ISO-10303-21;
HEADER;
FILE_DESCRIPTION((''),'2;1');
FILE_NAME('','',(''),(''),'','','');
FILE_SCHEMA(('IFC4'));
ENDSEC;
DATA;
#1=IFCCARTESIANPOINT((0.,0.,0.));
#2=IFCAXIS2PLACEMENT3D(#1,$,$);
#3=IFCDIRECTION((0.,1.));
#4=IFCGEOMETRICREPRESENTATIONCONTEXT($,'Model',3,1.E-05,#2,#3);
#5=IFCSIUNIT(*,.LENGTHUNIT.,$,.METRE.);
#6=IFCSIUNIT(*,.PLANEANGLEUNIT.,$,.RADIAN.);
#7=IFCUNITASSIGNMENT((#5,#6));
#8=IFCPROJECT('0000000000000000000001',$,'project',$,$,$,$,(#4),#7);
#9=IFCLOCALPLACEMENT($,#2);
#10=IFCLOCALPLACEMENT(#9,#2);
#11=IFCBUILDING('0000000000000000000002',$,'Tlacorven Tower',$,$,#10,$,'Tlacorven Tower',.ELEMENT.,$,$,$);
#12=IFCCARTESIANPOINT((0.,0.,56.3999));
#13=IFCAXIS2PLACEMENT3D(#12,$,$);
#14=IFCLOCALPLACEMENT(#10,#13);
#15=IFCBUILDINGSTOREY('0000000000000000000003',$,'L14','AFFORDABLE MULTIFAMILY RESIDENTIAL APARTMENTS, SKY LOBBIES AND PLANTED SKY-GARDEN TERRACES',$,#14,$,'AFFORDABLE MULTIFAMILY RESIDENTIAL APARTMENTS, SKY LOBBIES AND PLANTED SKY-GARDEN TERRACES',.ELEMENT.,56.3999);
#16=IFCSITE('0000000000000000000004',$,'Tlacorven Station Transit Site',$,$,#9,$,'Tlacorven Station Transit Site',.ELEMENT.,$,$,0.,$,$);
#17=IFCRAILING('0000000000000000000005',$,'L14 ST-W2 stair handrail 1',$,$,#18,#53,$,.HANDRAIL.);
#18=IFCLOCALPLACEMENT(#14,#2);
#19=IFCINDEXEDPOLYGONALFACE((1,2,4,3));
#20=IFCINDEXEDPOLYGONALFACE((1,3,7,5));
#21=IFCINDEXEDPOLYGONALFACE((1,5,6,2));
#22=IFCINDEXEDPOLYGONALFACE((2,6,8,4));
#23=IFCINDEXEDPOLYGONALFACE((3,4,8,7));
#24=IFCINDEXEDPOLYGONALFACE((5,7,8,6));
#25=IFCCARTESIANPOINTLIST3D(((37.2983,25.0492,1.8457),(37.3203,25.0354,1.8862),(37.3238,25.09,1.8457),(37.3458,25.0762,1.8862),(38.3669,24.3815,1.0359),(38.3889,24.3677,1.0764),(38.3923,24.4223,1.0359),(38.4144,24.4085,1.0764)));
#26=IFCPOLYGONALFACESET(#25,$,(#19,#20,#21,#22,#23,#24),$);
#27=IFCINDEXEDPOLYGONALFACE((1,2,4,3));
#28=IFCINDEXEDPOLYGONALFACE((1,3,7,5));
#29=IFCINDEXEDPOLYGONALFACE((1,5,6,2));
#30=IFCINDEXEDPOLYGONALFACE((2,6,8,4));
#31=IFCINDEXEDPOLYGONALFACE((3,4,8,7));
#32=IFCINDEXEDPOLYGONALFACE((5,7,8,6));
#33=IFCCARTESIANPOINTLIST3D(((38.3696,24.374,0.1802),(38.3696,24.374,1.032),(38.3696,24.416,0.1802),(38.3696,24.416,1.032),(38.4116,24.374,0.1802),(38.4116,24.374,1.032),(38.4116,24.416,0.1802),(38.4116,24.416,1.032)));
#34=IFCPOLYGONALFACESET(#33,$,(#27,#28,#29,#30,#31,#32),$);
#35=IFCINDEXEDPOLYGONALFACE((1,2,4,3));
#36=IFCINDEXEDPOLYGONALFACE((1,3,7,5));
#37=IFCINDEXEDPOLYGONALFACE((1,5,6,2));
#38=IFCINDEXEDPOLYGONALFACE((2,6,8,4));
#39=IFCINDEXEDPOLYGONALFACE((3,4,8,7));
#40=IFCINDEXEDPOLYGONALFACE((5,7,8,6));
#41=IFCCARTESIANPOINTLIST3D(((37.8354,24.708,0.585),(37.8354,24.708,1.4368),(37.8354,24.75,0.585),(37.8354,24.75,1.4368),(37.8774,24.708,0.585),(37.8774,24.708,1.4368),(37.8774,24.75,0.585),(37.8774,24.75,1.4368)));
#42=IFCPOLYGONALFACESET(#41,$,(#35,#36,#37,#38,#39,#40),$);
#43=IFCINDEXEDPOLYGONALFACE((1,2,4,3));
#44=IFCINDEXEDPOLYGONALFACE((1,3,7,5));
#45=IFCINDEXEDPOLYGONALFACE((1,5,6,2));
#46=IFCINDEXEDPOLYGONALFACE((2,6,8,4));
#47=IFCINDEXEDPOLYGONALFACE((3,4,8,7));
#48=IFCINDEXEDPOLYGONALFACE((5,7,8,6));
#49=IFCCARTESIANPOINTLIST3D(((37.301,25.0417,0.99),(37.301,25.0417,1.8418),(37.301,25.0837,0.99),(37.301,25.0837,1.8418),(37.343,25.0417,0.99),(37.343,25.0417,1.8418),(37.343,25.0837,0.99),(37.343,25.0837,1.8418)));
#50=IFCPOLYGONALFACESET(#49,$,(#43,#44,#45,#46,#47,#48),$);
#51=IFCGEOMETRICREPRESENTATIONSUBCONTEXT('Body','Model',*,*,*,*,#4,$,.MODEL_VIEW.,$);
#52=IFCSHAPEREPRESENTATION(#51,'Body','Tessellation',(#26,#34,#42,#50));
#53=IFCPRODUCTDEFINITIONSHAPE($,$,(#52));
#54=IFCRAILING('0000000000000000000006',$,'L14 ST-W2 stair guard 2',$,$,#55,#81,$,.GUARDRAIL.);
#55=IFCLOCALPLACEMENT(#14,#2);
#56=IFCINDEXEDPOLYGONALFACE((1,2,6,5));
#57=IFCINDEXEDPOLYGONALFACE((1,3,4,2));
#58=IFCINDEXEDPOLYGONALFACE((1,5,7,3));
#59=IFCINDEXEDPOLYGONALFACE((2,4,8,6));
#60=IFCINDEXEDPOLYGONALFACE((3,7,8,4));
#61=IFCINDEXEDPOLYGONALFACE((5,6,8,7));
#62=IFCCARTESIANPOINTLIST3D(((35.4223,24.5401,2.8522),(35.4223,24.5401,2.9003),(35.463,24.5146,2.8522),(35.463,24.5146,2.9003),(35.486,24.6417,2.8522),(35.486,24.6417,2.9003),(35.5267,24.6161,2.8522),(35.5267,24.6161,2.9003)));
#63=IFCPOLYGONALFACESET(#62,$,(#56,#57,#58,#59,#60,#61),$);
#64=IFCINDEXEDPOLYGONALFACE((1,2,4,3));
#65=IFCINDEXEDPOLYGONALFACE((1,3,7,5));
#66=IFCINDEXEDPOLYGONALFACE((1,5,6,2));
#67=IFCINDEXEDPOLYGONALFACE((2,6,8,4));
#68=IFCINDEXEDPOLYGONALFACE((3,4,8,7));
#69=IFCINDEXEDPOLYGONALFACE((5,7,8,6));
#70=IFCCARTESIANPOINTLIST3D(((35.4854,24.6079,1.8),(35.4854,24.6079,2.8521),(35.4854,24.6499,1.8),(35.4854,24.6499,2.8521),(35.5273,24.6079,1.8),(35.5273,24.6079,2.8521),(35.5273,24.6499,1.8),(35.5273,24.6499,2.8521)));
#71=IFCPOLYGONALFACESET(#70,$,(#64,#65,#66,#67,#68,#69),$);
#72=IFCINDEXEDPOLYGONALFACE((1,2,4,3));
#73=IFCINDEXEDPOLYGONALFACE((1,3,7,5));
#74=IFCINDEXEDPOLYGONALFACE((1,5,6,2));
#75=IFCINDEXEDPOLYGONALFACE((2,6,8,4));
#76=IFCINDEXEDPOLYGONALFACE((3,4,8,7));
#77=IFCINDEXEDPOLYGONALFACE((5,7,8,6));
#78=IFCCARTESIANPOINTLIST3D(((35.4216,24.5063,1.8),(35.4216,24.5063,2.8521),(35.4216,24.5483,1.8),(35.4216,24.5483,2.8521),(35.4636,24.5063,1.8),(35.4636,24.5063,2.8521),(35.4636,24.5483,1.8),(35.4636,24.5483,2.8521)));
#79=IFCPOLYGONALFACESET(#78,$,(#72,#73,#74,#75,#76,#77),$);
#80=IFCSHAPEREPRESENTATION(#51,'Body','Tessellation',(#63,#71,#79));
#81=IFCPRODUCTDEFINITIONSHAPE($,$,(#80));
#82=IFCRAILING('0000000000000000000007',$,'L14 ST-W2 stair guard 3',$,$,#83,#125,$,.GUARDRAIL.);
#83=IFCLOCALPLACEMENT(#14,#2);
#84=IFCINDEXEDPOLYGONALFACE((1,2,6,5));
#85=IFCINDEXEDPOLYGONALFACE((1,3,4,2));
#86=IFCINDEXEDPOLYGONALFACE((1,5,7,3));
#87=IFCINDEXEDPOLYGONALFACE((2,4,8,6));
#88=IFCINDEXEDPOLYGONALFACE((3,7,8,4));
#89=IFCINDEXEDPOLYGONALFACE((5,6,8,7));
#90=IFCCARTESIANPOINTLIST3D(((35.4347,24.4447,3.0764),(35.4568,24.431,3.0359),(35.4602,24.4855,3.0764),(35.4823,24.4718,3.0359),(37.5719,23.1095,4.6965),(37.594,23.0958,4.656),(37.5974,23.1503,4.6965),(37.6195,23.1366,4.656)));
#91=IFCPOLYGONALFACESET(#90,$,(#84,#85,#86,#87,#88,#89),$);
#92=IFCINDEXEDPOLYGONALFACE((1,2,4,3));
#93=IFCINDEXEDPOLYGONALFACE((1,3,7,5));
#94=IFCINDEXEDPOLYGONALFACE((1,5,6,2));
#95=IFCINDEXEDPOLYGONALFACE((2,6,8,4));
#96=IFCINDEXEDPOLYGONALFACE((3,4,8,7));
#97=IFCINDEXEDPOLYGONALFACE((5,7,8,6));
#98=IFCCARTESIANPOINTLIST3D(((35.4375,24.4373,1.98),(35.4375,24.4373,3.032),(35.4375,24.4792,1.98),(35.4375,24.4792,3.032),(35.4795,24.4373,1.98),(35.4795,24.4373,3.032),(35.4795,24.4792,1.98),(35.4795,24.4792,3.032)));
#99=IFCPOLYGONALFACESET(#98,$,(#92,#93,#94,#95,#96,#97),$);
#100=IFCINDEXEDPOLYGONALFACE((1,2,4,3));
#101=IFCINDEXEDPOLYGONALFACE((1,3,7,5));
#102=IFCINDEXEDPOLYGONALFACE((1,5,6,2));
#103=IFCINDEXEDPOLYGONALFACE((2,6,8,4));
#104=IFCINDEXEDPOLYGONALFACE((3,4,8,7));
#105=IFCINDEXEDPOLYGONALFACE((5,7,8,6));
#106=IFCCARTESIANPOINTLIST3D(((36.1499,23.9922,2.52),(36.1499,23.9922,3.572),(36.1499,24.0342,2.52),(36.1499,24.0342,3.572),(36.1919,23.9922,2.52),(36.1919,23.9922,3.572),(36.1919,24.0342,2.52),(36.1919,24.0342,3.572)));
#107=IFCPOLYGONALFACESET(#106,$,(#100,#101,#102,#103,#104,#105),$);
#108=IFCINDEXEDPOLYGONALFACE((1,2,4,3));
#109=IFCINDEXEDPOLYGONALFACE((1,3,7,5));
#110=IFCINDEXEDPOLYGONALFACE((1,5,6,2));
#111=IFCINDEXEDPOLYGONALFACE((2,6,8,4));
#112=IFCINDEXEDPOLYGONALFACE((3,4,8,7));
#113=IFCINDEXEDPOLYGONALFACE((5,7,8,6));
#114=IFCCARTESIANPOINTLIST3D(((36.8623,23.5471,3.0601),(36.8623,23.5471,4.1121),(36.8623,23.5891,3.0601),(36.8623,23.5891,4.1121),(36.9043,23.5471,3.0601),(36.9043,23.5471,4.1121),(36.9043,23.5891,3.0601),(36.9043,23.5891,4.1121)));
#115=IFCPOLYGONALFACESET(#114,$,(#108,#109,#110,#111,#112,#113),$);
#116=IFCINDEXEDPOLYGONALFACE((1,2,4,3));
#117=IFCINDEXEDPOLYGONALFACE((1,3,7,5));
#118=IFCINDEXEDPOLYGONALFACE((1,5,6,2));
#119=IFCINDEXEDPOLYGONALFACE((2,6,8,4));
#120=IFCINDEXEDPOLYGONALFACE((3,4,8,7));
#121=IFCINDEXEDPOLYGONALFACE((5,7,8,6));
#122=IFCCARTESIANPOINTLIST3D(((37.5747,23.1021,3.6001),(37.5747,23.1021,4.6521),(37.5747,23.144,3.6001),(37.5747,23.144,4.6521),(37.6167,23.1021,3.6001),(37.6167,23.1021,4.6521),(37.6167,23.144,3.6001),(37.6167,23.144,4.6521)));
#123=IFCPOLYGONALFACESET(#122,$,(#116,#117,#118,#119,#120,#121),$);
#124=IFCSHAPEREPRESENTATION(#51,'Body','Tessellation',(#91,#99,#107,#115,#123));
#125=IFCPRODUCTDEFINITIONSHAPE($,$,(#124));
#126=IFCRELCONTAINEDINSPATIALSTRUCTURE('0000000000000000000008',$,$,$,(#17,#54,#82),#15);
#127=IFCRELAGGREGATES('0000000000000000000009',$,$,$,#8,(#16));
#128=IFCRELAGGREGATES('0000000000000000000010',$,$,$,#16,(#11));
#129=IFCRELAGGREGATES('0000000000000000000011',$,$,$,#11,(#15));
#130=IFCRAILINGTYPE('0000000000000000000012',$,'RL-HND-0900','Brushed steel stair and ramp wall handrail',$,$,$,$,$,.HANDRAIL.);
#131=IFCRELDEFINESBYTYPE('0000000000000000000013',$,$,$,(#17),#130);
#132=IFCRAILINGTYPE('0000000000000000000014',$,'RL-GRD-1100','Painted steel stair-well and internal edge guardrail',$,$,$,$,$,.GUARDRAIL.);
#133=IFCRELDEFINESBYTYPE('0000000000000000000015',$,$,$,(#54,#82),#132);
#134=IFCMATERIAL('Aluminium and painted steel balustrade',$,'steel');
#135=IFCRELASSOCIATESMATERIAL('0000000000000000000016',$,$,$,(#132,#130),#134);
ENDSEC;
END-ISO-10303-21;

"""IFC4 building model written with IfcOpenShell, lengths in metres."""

from ifc_helpers import new_model, si_unit, direction, frame, origin, origin_2d, place, context, subcontext, project, spatial, rectangle, extrude, source, transform, mapped, material, type_object, element, save


model = new_model("IFC4")

# Units and contexts
model_context = context("Model", 3, precision=1e-05, world=origin(), true_north=direction((0.0, 1.0)))
body_context = subcontext(model_context, "Body", "Model", "MODEL_VIEW")
ifc_project = project(units=[si_unit("LENGTHUNIT", "METRE"), si_unit("PLANEANGLEUNIT", "RADIAN")], contexts=[model_context])

# Site, building, storey
site_placement = place(None, origin())
site = spatial("IfcSite", under=ifc_project, at=site_placement, Name="Tlacorven Station Transit Site", LongName="Tlacorven Station Transit Site", CompositionType="ELEMENT", RefElevation=0.0)
building_placement = place(site_placement, origin())
building = spatial("IfcBuilding", under=site, at=building_placement, Name="Tlacorven Tower", LongName="Tlacorven Tower", CompositionType="ELEMENT")
storey_placement = place(building_placement, frame((0.0, 0.0, 56.3999)))
storey = spatial("IfcBuildingStorey", under=building, at=storey_placement, Name="L14", Description="AFFORDABLE MULTIFAMILY RESIDENTIAL APARTMENTS, SKY LOBBIES AND PLANTED SKY-GARDEN TERRACES", LongName="AFFORDABLE MULTIFAMILY RESIDENTIAL APARTMENTS, SKY LOBBIES AND PLANTED SKY-GARDEN TERRACES", CompositionType="ELEMENT", Elevation=56.3999)

# Railings
ifc_material_1 = material(Name="Aluminium and painted steel balustrade", Category="steel")
railing_type_1 = type_object("IfcRailingType", Name="RL-GRD-1100", Description="Painted steel stair-well and internal edge guardrail", PredefinedType="GUARDRAIL", material=ifc_material_1)
railing_type_2 = type_object("IfcRailingType", Name="RL-HND-0900", Description="Brushed steel stair and ramp wall handrail", PredefinedType="HANDRAIL", material=ifc_material_1)
shared_shape_1 = source(origin(), body_context, "Body", "SweptSolid", [
    extrude(rectangle(XDim=0.0481, YDim=0.0481, at=origin_2d()), frame((0.0, 0.0, 0.876), z_axis=(-0.713423, 0.445787, 0.540649), x_axis=(-0.529912, -0.848053, 0.0)), (0.0, 0.0, 1.0), 1.4978),
    extrude(rectangle(XDim=0.042, YDim=0.042, at=origin_2d()), origin(), (0.0, 0.0, 1.0), 0.8518),
    extrude(rectangle(XDim=0.042, YDim=0.042, at=origin_2d()), frame((-0.5342, 0.334, 0.4048)), (0.0, 0.0, 1.0), 0.8518),
    extrude(rectangle(XDim=0.042, YDim=0.042, at=origin_2d()), frame((-1.0686, 0.6677, 0.8098)), (0.0, 0.0, 1.0), 0.8518),
])
railing_1_placement = place(storey_placement, frame((38.3906, 24.395, 0.1802)))
element("IfcRailing", 1, at=railing_1_placement, inside=storey, type_object=railing_type_2, Name="L14 ST-W2 stair handrail 1", PredefinedType="HANDRAIL", context=body_context, shape_type="MappedRepresentation", body=[
    mapped(shared_shape_1, transform((0.0, 0.0, 0.0), scale=1.0)),
])
shared_shape_2 = source(origin(), body_context, "Body", "SweptSolid", [
    extrude(rectangle(XDim=0.0481, YDim=0.0481, at=origin_2d()), frame((0.0, 0.0, 1.0762), z_axis=(-0.531462, -0.847082, 0.0), x_axis=(0.847082, -0.531462, 0.0)), (0.0, 0.0, 1.0), 0.1199),
    extrude(rectangle(XDim=0.042, YDim=0.042, at=origin_2d()), origin(), (0.0, 0.0, 1.0), 1.052),
    extrude(rectangle(XDim=0.042, YDim=0.042, at=origin_2d()), frame((-0.0637, -0.1016, 0.0)), (0.0, 0.0, 1.0), 1.052),
])
railing_2_placement = place(storey_placement, frame((35.5063, 24.6289, 1.8)))
element("IfcRailing", 2, at=railing_2_placement, inside=storey, type_object=railing_type_1, Name="L14 ST-W2 stair guard 2", PredefinedType="GUARDRAIL", context=body_context, shape_type="MappedRepresentation", body=[
    mapped(shared_shape_2, transform((0.0, 0.0, 0.0), scale=1.0)),
])
shared_shape_3 = source(origin(), body_context, "Body", "SweptSolid", [
    extrude(rectangle(XDim=0.0481, YDim=0.0481, at=origin_2d()), frame((0.0, 0.0, 1.0762), z_axis=(0.713386, -0.445683, 0.540784), x_axis=(0.529842, 0.848096, 0.0)), (0.0, 0.0, 1.0), 2.9958),
    extrude(rectangle(XDim=0.042, YDim=0.042, at=origin_2d()), origin(), (0.0, 0.0, 1.0), 1.052),
    extrude(rectangle(XDim=0.042, YDim=0.042, at=origin_2d()), frame((0.7124, -0.4451, 0.54)), (0.0, 0.0, 1.0), 1.052),
    extrude(rectangle(XDim=0.042, YDim=0.042, at=origin_2d()), frame((1.4248, -0.8901, 1.0801)), (0.0, 0.0, 1.0), 1.052),
    extrude(rectangle(XDim=0.042, YDim=0.042, at=origin_2d()), frame((2.1372, -1.3352, 1.6201)), (0.0, 0.0, 1.0), 1.052),
])
railing_3_placement = place(storey_placement, frame((35.4585, 24.4583, 1.98)))
element("IfcRailing", 3, at=railing_3_placement, inside=storey, type_object=railing_type_1, Name="L14 ST-W2 stair guard 3", PredefinedType="GUARDRAIL", context=body_context, shape_type="MappedRepresentation", body=[
    mapped(shared_shape_3, transform((0.0, 0.0, 0.0), scale=1.0)),
])

save(model, "model.ifc")
